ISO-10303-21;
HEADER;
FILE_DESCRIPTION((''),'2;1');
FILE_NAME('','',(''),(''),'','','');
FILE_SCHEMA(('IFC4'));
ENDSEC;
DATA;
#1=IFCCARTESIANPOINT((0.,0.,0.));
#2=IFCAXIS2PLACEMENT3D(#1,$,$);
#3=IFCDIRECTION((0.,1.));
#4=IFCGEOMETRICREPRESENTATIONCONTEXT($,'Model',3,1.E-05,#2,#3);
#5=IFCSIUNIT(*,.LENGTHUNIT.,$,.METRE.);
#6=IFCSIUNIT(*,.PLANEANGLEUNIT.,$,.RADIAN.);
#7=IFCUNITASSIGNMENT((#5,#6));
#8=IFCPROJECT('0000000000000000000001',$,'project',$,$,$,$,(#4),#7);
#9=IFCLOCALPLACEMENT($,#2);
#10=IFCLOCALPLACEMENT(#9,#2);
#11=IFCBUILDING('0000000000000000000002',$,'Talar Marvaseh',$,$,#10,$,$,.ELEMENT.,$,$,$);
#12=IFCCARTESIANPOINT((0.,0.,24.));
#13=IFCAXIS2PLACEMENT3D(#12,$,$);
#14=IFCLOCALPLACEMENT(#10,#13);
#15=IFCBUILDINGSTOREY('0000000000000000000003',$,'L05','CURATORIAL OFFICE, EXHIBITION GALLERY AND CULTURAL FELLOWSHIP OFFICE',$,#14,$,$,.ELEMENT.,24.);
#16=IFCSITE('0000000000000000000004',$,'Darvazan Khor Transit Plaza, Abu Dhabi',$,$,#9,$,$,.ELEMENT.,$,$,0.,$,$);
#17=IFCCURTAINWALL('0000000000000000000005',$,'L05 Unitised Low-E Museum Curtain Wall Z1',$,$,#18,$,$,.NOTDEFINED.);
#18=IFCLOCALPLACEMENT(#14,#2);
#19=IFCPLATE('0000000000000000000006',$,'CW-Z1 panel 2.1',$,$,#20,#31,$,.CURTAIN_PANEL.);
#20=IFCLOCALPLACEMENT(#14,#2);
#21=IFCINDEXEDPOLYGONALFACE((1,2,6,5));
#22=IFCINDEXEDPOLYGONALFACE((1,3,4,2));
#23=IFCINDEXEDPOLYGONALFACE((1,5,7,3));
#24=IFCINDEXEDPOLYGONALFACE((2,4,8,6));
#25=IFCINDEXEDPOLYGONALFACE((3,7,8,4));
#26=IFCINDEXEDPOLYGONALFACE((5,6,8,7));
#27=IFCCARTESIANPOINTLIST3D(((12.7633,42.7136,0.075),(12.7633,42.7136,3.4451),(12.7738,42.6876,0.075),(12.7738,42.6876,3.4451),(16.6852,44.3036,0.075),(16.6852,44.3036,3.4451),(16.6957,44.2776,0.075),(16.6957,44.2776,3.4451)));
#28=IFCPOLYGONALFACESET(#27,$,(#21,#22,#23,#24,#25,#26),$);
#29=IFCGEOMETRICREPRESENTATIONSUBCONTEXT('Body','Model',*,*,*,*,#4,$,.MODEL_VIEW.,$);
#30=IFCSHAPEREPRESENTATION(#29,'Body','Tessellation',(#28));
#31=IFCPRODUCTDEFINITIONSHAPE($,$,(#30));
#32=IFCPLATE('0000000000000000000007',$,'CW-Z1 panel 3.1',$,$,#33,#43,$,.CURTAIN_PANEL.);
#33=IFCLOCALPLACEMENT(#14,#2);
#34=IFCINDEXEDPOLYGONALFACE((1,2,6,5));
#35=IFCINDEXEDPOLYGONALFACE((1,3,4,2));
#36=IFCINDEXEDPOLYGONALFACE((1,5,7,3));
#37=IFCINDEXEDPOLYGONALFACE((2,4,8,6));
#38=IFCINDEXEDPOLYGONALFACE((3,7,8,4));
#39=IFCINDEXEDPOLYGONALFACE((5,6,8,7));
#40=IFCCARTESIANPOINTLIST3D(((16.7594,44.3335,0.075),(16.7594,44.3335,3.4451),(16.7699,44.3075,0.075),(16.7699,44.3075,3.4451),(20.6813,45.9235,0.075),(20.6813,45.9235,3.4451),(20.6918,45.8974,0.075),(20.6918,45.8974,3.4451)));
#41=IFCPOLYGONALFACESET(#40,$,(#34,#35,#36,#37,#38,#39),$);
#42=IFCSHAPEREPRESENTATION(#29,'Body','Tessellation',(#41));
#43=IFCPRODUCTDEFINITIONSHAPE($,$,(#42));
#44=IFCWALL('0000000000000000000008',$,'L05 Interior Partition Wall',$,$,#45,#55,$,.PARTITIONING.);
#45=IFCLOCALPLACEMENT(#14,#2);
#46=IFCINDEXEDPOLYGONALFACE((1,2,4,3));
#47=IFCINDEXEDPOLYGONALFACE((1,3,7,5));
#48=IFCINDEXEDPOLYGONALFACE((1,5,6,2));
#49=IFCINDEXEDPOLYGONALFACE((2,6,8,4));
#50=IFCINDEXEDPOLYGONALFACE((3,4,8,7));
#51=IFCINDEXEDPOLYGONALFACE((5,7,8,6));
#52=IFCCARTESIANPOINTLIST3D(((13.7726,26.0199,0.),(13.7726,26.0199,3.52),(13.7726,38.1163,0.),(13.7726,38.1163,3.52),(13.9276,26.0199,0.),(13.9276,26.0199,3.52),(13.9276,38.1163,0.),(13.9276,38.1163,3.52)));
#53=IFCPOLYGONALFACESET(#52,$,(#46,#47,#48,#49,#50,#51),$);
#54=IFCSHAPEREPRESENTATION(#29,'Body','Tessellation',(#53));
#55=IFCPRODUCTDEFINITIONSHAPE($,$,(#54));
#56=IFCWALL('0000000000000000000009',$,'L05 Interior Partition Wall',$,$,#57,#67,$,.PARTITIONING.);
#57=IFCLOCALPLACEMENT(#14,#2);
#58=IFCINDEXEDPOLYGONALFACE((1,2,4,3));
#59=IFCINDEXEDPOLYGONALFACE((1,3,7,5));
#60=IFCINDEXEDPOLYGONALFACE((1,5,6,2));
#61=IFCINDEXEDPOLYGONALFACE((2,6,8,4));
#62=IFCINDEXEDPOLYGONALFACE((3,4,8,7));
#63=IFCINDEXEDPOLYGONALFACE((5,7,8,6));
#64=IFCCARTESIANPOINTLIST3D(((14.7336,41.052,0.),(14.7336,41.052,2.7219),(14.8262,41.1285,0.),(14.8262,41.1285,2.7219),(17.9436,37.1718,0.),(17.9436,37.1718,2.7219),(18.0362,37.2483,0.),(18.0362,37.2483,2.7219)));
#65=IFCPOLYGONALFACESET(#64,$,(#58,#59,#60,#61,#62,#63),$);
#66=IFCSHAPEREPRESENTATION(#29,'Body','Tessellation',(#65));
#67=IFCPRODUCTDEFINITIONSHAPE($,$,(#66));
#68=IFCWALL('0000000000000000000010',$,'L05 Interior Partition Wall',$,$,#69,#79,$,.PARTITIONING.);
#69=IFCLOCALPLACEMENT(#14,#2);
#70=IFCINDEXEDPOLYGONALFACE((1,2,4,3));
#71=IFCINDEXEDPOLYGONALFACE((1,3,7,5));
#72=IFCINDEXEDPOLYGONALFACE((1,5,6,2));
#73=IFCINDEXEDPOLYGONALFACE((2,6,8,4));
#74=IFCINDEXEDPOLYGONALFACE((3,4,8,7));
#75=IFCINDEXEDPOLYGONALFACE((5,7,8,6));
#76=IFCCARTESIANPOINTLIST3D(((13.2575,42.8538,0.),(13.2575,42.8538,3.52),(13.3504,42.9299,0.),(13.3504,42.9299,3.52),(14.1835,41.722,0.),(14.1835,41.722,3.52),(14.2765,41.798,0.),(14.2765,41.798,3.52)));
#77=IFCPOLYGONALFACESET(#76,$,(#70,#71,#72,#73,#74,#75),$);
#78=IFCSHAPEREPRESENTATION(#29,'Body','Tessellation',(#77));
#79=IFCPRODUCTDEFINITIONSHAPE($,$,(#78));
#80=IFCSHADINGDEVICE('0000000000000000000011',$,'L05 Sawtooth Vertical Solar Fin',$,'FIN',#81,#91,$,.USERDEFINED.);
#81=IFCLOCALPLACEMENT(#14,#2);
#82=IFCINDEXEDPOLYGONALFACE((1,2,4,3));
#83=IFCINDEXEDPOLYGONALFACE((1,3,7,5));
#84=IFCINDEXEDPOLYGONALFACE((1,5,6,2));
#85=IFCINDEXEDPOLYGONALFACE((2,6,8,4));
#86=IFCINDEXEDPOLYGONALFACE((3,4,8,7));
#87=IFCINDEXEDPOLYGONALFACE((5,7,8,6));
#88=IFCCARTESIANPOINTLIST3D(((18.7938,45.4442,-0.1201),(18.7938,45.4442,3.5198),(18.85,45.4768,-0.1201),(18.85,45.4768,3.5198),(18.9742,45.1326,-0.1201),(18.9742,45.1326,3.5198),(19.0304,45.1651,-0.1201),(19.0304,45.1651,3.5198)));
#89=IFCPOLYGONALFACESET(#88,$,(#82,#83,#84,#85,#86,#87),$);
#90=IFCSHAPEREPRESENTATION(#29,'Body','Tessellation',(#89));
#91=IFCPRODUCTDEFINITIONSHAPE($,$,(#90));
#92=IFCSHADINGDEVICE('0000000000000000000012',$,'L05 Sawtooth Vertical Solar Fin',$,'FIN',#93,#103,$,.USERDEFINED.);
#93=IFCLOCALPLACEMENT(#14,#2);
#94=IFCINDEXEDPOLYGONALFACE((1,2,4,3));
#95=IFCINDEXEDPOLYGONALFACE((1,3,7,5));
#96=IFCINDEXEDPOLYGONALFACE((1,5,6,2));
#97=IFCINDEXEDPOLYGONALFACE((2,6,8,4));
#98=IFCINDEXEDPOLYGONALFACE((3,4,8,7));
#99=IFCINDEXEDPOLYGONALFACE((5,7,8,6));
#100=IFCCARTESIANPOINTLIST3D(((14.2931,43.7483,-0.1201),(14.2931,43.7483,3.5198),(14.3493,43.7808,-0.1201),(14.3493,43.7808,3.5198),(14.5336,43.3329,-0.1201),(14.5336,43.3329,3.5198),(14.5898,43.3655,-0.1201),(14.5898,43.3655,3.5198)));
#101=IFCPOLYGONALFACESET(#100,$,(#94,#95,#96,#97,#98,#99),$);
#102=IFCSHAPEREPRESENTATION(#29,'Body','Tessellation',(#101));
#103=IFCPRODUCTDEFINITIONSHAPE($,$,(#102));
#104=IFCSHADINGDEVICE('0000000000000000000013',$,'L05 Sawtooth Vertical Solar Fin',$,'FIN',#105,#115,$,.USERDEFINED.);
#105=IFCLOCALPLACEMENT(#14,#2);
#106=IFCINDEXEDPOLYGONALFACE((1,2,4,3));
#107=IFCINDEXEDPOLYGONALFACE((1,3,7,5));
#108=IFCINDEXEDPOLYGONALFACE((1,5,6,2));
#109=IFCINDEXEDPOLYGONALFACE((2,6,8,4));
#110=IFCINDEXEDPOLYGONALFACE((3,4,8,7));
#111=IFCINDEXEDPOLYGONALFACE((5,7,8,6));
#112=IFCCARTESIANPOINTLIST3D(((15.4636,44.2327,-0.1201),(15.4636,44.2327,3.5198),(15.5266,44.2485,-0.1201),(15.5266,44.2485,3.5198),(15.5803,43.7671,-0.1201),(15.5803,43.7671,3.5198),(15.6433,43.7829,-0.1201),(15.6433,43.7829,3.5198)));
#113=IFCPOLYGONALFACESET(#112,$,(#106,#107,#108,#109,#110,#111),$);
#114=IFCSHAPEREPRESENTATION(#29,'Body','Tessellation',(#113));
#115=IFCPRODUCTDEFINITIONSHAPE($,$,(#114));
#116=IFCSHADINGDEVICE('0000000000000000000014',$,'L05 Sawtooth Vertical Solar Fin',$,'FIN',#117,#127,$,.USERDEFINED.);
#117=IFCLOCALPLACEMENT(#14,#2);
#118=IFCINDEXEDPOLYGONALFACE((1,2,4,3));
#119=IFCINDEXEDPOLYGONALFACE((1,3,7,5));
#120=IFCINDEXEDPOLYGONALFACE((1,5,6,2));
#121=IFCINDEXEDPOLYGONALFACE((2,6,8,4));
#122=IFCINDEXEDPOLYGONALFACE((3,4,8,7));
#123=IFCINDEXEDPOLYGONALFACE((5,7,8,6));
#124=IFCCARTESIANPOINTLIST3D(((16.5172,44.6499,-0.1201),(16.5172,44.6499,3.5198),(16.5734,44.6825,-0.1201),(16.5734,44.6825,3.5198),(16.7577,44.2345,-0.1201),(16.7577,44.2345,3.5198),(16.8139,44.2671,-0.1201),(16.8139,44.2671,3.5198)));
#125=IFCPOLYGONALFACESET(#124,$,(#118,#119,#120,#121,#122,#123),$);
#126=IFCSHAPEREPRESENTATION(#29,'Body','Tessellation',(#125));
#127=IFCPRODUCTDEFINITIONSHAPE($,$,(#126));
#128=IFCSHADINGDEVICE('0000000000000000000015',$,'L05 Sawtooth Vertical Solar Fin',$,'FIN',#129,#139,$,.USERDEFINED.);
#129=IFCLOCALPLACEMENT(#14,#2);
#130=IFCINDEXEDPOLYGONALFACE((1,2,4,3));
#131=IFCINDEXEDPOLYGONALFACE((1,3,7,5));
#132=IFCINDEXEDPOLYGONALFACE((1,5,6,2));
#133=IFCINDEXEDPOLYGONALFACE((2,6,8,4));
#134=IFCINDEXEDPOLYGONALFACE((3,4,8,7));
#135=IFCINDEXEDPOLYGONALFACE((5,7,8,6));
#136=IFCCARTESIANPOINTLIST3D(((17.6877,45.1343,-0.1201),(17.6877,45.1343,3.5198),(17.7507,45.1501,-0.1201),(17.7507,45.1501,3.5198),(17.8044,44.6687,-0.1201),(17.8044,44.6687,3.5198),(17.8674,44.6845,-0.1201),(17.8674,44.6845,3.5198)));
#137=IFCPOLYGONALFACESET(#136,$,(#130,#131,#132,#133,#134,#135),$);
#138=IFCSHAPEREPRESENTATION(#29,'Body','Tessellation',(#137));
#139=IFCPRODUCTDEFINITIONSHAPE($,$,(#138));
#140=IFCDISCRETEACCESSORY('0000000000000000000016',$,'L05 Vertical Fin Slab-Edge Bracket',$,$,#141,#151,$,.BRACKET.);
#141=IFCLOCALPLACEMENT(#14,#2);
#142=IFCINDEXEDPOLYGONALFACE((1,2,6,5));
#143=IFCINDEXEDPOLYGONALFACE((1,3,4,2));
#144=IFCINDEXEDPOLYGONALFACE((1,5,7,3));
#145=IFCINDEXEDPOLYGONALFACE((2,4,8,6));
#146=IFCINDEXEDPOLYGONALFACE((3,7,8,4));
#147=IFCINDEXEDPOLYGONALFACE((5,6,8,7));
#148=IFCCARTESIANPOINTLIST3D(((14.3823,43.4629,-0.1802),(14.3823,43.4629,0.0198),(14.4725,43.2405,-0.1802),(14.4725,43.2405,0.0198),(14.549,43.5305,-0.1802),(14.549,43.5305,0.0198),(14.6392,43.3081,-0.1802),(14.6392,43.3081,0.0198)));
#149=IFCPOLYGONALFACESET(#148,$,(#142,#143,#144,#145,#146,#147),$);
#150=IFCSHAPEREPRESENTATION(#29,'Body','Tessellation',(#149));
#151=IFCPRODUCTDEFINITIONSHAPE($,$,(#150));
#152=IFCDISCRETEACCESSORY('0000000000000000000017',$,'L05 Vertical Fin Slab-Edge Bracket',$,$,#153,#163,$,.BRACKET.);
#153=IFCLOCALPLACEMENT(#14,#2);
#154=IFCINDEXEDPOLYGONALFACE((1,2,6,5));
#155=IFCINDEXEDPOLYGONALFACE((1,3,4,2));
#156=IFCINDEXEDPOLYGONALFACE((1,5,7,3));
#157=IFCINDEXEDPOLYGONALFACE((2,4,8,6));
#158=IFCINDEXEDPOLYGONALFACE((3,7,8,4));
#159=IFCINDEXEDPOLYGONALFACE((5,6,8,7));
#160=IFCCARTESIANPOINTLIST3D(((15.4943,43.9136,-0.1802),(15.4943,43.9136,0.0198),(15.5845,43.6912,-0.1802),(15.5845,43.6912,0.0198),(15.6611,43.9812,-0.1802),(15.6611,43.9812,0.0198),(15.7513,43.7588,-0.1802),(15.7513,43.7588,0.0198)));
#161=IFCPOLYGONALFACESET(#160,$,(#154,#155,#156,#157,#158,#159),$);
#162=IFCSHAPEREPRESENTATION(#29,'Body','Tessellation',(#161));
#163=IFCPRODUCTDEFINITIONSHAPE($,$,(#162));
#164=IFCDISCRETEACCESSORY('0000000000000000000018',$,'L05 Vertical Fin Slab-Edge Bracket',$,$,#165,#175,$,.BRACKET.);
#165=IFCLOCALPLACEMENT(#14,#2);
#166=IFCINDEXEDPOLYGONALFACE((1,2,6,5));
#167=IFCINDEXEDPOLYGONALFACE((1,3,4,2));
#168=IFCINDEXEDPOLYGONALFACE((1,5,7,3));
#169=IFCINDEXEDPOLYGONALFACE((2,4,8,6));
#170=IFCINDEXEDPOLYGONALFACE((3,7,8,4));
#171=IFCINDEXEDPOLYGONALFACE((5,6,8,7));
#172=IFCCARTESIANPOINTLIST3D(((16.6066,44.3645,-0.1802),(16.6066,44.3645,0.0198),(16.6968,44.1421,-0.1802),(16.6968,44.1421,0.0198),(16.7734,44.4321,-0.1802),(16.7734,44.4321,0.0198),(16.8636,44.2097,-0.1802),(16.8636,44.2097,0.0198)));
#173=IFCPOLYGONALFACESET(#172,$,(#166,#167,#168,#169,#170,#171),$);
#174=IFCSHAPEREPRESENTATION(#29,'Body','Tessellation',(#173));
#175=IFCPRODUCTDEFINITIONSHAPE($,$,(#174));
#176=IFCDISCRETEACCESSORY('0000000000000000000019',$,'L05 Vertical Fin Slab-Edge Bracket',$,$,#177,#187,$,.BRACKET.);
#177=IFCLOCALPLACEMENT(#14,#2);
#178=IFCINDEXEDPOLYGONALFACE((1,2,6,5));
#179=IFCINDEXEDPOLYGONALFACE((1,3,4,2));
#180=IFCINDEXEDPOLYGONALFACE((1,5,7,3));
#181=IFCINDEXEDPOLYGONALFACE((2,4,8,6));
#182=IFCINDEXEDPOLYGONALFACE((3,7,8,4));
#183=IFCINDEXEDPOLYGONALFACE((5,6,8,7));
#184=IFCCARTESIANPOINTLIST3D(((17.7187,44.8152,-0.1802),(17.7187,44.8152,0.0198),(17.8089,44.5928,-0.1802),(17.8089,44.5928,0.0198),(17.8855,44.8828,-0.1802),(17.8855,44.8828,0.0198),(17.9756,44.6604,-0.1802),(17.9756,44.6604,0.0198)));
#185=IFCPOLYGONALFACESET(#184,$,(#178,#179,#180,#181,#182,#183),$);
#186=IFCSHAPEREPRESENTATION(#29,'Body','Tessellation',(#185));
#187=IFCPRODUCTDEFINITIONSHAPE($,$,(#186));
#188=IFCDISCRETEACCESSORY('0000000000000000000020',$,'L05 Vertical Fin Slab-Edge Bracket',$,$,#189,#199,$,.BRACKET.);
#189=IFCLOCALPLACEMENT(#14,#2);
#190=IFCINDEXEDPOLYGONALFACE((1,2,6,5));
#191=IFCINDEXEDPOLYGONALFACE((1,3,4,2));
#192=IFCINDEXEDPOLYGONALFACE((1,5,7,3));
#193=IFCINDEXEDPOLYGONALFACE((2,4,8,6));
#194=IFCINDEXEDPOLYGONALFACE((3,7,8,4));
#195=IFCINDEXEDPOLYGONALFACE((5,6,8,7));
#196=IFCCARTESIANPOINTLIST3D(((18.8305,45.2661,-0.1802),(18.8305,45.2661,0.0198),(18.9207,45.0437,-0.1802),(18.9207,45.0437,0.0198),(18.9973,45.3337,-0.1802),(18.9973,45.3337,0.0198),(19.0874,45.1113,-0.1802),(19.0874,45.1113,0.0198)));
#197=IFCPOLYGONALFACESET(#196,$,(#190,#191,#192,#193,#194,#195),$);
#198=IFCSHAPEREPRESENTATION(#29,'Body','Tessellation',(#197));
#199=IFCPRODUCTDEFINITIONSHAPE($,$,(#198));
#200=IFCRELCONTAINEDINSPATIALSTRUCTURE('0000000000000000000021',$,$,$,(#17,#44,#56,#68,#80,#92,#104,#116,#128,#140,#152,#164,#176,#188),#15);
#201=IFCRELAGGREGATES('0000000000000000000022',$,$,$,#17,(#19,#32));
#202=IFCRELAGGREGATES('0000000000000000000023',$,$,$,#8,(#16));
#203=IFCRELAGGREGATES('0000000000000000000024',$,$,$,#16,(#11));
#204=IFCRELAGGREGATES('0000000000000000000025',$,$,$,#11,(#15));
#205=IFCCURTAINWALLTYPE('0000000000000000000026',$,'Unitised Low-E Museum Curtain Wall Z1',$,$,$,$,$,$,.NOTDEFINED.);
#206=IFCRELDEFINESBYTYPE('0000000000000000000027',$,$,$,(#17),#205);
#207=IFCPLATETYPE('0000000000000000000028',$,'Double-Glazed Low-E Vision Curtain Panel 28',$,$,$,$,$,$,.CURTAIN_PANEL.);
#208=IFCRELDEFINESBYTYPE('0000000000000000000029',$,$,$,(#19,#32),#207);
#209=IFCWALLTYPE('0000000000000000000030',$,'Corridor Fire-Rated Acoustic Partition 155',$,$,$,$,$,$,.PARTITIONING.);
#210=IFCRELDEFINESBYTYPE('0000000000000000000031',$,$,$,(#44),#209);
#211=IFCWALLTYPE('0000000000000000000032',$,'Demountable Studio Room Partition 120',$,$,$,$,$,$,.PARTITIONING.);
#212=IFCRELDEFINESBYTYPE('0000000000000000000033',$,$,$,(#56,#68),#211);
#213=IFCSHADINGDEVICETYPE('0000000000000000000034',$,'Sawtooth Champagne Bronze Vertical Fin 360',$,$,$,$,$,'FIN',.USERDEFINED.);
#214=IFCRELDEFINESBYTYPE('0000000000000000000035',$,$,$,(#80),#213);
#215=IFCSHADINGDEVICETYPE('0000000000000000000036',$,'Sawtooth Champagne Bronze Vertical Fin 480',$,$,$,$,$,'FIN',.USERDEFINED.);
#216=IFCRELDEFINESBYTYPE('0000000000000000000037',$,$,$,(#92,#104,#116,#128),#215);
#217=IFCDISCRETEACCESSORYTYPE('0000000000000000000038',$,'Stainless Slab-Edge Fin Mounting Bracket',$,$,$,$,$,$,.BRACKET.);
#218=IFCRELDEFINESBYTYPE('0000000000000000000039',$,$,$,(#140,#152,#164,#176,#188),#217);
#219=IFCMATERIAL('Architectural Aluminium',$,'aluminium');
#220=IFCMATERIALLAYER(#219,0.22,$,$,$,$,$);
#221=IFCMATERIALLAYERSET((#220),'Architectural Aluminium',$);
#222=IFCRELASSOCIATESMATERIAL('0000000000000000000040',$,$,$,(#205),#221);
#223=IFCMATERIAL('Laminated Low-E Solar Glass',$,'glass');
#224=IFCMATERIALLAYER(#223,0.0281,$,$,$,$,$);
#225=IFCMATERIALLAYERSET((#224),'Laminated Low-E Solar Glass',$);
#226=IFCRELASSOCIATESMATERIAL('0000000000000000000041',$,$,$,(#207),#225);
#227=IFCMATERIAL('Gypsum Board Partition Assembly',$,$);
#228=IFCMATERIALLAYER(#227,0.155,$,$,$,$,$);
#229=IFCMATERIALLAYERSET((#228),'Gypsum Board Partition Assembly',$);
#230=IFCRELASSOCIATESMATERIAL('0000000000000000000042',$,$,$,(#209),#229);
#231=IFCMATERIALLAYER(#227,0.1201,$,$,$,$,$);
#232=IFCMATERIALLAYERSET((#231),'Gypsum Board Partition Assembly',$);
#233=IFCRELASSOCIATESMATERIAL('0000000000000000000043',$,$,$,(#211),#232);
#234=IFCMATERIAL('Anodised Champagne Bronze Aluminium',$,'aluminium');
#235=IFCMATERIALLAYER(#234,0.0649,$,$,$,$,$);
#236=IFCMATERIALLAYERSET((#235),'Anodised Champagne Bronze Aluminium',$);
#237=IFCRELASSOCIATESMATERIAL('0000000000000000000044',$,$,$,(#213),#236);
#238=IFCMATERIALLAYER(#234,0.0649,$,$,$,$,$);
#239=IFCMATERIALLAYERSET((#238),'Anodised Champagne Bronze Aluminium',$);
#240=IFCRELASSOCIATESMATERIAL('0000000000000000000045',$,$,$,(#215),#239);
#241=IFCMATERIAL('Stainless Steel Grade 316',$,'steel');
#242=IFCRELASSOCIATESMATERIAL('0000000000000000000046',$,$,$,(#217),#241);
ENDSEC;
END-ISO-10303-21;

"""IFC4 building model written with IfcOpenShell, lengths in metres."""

from ifc_helpers import new_model, si_unit, direction, frame, frame_2d, origin, origin_2d, place, context, subcontext, project, spatial, rectangle, extrude, source, transform, mapped, material, layer, layer_set, type_object, type_shapes, element, aggregate, save


model = new_model("IFC4")

# Units and contexts
model_context = context("Model", 3, precision=1e-05, world=origin(), true_north=direction((0.0, 1.0)))
body_context = subcontext(model_context, "Body", "Model", "MODEL_VIEW")
ifc_project = project(units=[si_unit("LENGTHUNIT", "METRE"), si_unit("PLANEANGLEUNIT", "RADIAN")], contexts=[model_context])

# Site, building, storey
site_placement = place(None, origin())
site = spatial("IfcSite", under=ifc_project, at=site_placement, Name="Darvazan Khor Transit Plaza, Abu Dhabi", CompositionType="ELEMENT", RefElevation=0.0)
building_placement = place(site_placement, origin())
building = spatial("IfcBuilding", under=site, at=building_placement, Name="Talar Marvaseh", CompositionType="ELEMENT")
storey_placement = place(building_placement, frame((0.0, 0.0, 24.0)))
storey = spatial("IfcBuildingStorey", under=building, at=storey_placement, Name="L05", Description="CURATORIAL OFFICE, EXHIBITION GALLERY AND CULTURAL FELLOWSHIP OFFICE", CompositionType="ELEMENT", Elevation=24.0)

# Curtain wall, plates
ifc_material_1 = material(Name="Architectural Aluminium", Category="aluminium")
ifc_layer_1 = layer(ifc_material_1, 0.22)
ifc_layer_set_1 = layer_set([ifc_layer_1], Name="Architectural Aluminium")
curtain_wall_type = type_object("IfcCurtainWallType", Name="Unitised Low-E Museum Curtain Wall Z1", PredefinedType="NOTDEFINED", material=ifc_layer_set_1)
curtain_wall_placement = place(storey_placement, origin())
curtain_wall = element("IfcCurtainWall", 1, at=curtain_wall_placement, inside=storey, type_object=curtain_wall_type, Name="L05 Unitised Low-E Museum Curtain Wall Z1", PredefinedType="NOTDEFINED")
ifc_material_2 = material(Name="Laminated Low-E Solar Glass", Category="glass")
ifc_layer_2 = layer(ifc_material_2, 0.0281)
ifc_layer_set_2 = layer_set([ifc_layer_2], Name="Laminated Low-E Solar Glass")
plate_type = type_object("IfcPlateType", Name="Double-Glazed Low-E Vision Curtain Panel 28", PredefinedType="CURTAIN_PANEL", material=ifc_layer_set_2)
shared_shape_1 = source(origin(), body_context, "Body", "SweptSolid", [
    extrude(rectangle(XDim=4.2319, YDim=0.0281, at=origin_2d()), origin(), (0.0, 0.0, 1.0), 3.3701),
])
type_shapes(plate_type, [shared_shape_1])
plate_1_placement = place(storey_placement, frame((14.7295, 43.4956, 0.075), z_axis=(0.0, 0.0, 1.0), x_axis=(0.926739, 0.375705, 0.0)))
plate_1 = element("IfcPlate", 2, at=plate_1_placement, type_object=plate_type, Name="CW-Z1 panel 2.1", PredefinedType="CURTAIN_PANEL", context=body_context, shape_type="MappedRepresentation", body=[
    mapped(shared_shape_1, transform((0.0, 0.0, 0.0), x_axis=(1.0, 0.0, 0.0), y_axis=(0.0, 1.0, 0.0), z_axis=(0.0, 0.0, 1.0), scale=1.0)),
])
plate_2_placement = place(storey_placement, frame((18.7256, 45.1155, 0.075), z_axis=(0.0, 0.0, 1.0), x_axis=(0.926739, 0.375705, 0.0)))
plate_2 = element("IfcPlate", 3, at=plate_2_placement, type_object=plate_type, Name="CW-Z1 panel 3.1", PredefinedType="CURTAIN_PANEL", context=body_context, shape_type="MappedRepresentation", body=[
    mapped(shared_shape_1, transform((0.0, 0.0, 0.0), x_axis=(1.0, 0.0, 0.0), y_axis=(0.0, 1.0, 0.0), z_axis=(0.0, 0.0, 1.0), scale=1.0)),
])
aggregate(curtain_wall, [plate_1, plate_2])

# Walls
ifc_material_3 = material(Name="Gypsum Board Partition Assembly")
ifc_layer_3 = layer(ifc_material_3, 0.155)
ifc_layer_set_3 = layer_set([ifc_layer_3], Name="Gypsum Board Partition Assembly")
wall_type_1 = type_object("IfcWallType", Name="Corridor Fire-Rated Acoustic Partition 155", PredefinedType="PARTITIONING", material=ifc_layer_set_3)
wall_1_placement = place(storey_placement, frame((13.8501, 38.1165, 0.0), z_axis=(0.0, 0.0, 1.0), x_axis=(0.0, -1.0, 0.0)))
element("IfcWall", 4, at=wall_1_placement, inside=storey, type_object=wall_type_1, Name="L05 Interior Partition Wall", PredefinedType="PARTITIONING", context=body_context, shape_type="SweptSolid", body=[
    extrude(rectangle(XDim=12.0964, YDim=0.155, at=frame_2d((6.0483, 0.0))), origin(), (0.0, 0.0, 1.0), 3.52),
])
ifc_layer_4 = layer(ifc_material_3, 0.1201)
ifc_layer_set_4 = layer_set([ifc_layer_4], Name="Gypsum Board Partition Assembly")
wall_type_2 = type_object("IfcWallType", Name="Demountable Studio Room Partition 120", PredefinedType="PARTITIONING", material=ifc_layer_set_4)
wall_2_placement = place(storey_placement, frame((17.99, 37.21, 0.0), z_axis=(0.0, 0.0, 1.0), x_axis=(-0.637429, 0.770509, 0.0)))
element("IfcWall", 5, at=wall_2_placement, inside=storey, type_object=wall_type_2, Name="L05 Interior Partition Wall", PredefinedType="PARTITIONING", context=body_context, shape_type="SweptSolid", body=[
    extrude(rectangle(XDim=5.0359, YDim=0.1201, at=frame_2d((2.5181, 0.0))), origin(), (0.0, 0.0, 1.0), 2.7219),
])
wall_3_placement = place(storey_placement, frame((14.23, 41.76, 0.0), z_axis=(0.0, 0.0, 1.0), x_axis=(-0.633229, 0.773965, 0.0)))
element("IfcWall", 6, at=wall_3_placement, inside=storey, type_object=wall_type_2, Name="L05 Interior Partition Wall", PredefinedType="PARTITIONING", context=body_context, shape_type="SweptSolid", body=[
    extrude(rectangle(XDim=1.4624, YDim=0.1201, at=frame_2d((0.7312, 0.0))), origin(), (0.0, 0.0, 1.0), 3.52),
])

# Shading devices
ifc_material_4 = material(Name="Anodised Champagne Bronze Aluminium", Category="aluminium")
ifc_layer_5 = layer(ifc_material_4, 0.0649)
ifc_layer_set_5 = layer_set([ifc_layer_5], Name="Anodised Champagne Bronze Aluminium")
shading_device_type_1 = type_object("IfcShadingDeviceType", Name="Sawtooth Champagne Bronze Vertical Fin 360", ElementType="FIN", PredefinedType="USERDEFINED", material=ifc_layer_set_5)
shared_shape_2 = source(origin(), body_context, "Body", "SweptSolid", [
    extrude(rectangle(XDim=0.3601, YDim=0.0649, at=origin_2d()), origin(), (0.0, 0.0, 1.0), 3.6399),
])
type_shapes(shading_device_type_1, [shared_shape_2])
shading_device_placement = place(storey_placement, frame((18.9121, 45.3047, -0.1201), z_axis=(0.0, 0.0, 1.0), x_axis=(-0.501058, 0.865414, 0.0)))
element("IfcShadingDevice", 7, at=shading_device_placement, inside=storey, type_object=shading_device_type_1, Name="L05 Sawtooth Vertical Solar Fin", ObjectType="FIN", PredefinedType="USERDEFINED", context=body_context, shape_type="MappedRepresentation", body=[
    mapped(shared_shape_2, transform((0.0, 0.0, 0.0), x_axis=(1.0, 0.0, 0.0), y_axis=(0.0, 1.0, 0.0), z_axis=(0.0, 0.0, 1.0), scale=1.0)),
])
ifc_layer_6 = layer(ifc_material_4, 0.0649)
ifc_layer_set_6 = layer_set([ifc_layer_6], Name="Anodised Champagne Bronze Aluminium")
shading_device_type_2 = type_object("IfcShadingDeviceType", Name="Sawtooth Champagne Bronze Vertical Fin 480", ElementType="FIN", PredefinedType="USERDEFINED", material=ifc_layer_set_6)
shared_shape_3 = source(origin(), body_context, "Body", "SweptSolid", [
    extrude(rectangle(XDim=0.48, YDim=0.0649, at=origin_2d()), origin(), (0.0, 0.0, 1.0), 3.6399),
])
type_shapes(shading_device_type_2, [shared_shape_3])
for number, where, z_axis, x_axis, name in (
    (8, (14.4414, 43.5569, -0.1201), (0.0, 0.0, 1.0), (-0.501058, 0.865414, 0.0), "L05 Sawtooth Vertical Solar Fin"),
    (9, (15.5535, 44.0078, -0.1201), (0.0, 0.0, 1.0), (-0.243107, 0.969999, 0.0), "L05 Sawtooth Vertical Solar Fin"),
    (10, (16.6655, 44.4585, -0.1201), (0.0, 0.0, 1.0), (-0.501058, 0.865414, 0.0), "L05 Sawtooth Vertical Solar Fin"),
    (11, (17.7776, 44.9094, -0.1201), (0.0, 0.0, 1.0), (-0.243107, 0.969999, 0.0), "L05 Sawtooth Vertical Solar Fin"),
):
    element("IfcShadingDevice", number, at=place(storey_placement, frame(where, z_axis=z_axis, x_axis=x_axis)), inside=storey, type_object=shading_device_type_2, Name=name, ObjectType="FIN", PredefinedType="USERDEFINED", context=body_context, shape_type="MappedRepresentation", body=[
        mapped(shared_shape_3, transform((0.0, 0.0, 0.0), x_axis=(1.0, 0.0, 0.0), y_axis=(0.0, 1.0, 0.0), z_axis=(0.0, 0.0, 1.0), scale=1.0)),
    ])

# Discrete accessories
ifc_material_5 = material(Name="Stainless Steel Grade 316", Category="steel")
discrete_accessory_type = type_object("IfcDiscreteAccessoryType", Name="Stainless Slab-Edge Fin Mounting Bracket", PredefinedType="BRACKET", material=ifc_material_5)
shared_shape_4 = source(origin(), body_context, "Body", "SweptSolid", [
    extrude(rectangle(XDim=0.24, YDim=0.1799, at=origin_2d()), origin(), (0.0, 0.0, 1.0), 0.2),
])
type_shapes(discrete_accessory_type, [shared_shape_4])
for number, where, z_axis, x_axis, name in (
    (12, (14.5107, 43.3855, -0.1802), (0.0, 0.0, 1.0), (-0.375739, 0.926725, 0.0), "L05 Vertical Fin Slab-Edge Bracket"),
    (13, (15.6228, 43.8362, -0.1802), (0.0, 0.0, 1.0), (-0.375739, 0.926725, 0.0), "L05 Vertical Fin Slab-Edge Bracket"),
    (14, (16.7351, 44.2871, -0.1802), (0.0, 0.0, 1.0), (-0.375739, 0.926725, 0.0), "L05 Vertical Fin Slab-Edge Bracket"),
    (15, (17.8472, 44.7378, -0.1802), (0.0, 0.0, 1.0), (-0.375739, 0.926725, 0.0), "L05 Vertical Fin Slab-Edge Bracket"),
    (16, (18.959, 45.1887, -0.1802), (0.0, 0.0, 1.0), (-0.375739, 0.926725, 0.0), "L05 Vertical Fin Slab-Edge Bracket"),
):
    element("IfcDiscreteAccessory", number, at=place(storey_placement, frame(where, z_axis=z_axis, x_axis=x_axis)), inside=storey, type_object=discrete_accessory_type, Name=name, PredefinedType="BRACKET", context=body_context, shape_type="MappedRepresentation", body=[
        mapped(shared_shape_4, transform((0.0, 0.0, 0.0), x_axis=(1.0, 0.0, 0.0), y_axis=(0.0, 1.0, 0.0), z_axis=(0.0, 0.0, 1.0), scale=1.0)),
    ])

save(model, "model.ifc")
